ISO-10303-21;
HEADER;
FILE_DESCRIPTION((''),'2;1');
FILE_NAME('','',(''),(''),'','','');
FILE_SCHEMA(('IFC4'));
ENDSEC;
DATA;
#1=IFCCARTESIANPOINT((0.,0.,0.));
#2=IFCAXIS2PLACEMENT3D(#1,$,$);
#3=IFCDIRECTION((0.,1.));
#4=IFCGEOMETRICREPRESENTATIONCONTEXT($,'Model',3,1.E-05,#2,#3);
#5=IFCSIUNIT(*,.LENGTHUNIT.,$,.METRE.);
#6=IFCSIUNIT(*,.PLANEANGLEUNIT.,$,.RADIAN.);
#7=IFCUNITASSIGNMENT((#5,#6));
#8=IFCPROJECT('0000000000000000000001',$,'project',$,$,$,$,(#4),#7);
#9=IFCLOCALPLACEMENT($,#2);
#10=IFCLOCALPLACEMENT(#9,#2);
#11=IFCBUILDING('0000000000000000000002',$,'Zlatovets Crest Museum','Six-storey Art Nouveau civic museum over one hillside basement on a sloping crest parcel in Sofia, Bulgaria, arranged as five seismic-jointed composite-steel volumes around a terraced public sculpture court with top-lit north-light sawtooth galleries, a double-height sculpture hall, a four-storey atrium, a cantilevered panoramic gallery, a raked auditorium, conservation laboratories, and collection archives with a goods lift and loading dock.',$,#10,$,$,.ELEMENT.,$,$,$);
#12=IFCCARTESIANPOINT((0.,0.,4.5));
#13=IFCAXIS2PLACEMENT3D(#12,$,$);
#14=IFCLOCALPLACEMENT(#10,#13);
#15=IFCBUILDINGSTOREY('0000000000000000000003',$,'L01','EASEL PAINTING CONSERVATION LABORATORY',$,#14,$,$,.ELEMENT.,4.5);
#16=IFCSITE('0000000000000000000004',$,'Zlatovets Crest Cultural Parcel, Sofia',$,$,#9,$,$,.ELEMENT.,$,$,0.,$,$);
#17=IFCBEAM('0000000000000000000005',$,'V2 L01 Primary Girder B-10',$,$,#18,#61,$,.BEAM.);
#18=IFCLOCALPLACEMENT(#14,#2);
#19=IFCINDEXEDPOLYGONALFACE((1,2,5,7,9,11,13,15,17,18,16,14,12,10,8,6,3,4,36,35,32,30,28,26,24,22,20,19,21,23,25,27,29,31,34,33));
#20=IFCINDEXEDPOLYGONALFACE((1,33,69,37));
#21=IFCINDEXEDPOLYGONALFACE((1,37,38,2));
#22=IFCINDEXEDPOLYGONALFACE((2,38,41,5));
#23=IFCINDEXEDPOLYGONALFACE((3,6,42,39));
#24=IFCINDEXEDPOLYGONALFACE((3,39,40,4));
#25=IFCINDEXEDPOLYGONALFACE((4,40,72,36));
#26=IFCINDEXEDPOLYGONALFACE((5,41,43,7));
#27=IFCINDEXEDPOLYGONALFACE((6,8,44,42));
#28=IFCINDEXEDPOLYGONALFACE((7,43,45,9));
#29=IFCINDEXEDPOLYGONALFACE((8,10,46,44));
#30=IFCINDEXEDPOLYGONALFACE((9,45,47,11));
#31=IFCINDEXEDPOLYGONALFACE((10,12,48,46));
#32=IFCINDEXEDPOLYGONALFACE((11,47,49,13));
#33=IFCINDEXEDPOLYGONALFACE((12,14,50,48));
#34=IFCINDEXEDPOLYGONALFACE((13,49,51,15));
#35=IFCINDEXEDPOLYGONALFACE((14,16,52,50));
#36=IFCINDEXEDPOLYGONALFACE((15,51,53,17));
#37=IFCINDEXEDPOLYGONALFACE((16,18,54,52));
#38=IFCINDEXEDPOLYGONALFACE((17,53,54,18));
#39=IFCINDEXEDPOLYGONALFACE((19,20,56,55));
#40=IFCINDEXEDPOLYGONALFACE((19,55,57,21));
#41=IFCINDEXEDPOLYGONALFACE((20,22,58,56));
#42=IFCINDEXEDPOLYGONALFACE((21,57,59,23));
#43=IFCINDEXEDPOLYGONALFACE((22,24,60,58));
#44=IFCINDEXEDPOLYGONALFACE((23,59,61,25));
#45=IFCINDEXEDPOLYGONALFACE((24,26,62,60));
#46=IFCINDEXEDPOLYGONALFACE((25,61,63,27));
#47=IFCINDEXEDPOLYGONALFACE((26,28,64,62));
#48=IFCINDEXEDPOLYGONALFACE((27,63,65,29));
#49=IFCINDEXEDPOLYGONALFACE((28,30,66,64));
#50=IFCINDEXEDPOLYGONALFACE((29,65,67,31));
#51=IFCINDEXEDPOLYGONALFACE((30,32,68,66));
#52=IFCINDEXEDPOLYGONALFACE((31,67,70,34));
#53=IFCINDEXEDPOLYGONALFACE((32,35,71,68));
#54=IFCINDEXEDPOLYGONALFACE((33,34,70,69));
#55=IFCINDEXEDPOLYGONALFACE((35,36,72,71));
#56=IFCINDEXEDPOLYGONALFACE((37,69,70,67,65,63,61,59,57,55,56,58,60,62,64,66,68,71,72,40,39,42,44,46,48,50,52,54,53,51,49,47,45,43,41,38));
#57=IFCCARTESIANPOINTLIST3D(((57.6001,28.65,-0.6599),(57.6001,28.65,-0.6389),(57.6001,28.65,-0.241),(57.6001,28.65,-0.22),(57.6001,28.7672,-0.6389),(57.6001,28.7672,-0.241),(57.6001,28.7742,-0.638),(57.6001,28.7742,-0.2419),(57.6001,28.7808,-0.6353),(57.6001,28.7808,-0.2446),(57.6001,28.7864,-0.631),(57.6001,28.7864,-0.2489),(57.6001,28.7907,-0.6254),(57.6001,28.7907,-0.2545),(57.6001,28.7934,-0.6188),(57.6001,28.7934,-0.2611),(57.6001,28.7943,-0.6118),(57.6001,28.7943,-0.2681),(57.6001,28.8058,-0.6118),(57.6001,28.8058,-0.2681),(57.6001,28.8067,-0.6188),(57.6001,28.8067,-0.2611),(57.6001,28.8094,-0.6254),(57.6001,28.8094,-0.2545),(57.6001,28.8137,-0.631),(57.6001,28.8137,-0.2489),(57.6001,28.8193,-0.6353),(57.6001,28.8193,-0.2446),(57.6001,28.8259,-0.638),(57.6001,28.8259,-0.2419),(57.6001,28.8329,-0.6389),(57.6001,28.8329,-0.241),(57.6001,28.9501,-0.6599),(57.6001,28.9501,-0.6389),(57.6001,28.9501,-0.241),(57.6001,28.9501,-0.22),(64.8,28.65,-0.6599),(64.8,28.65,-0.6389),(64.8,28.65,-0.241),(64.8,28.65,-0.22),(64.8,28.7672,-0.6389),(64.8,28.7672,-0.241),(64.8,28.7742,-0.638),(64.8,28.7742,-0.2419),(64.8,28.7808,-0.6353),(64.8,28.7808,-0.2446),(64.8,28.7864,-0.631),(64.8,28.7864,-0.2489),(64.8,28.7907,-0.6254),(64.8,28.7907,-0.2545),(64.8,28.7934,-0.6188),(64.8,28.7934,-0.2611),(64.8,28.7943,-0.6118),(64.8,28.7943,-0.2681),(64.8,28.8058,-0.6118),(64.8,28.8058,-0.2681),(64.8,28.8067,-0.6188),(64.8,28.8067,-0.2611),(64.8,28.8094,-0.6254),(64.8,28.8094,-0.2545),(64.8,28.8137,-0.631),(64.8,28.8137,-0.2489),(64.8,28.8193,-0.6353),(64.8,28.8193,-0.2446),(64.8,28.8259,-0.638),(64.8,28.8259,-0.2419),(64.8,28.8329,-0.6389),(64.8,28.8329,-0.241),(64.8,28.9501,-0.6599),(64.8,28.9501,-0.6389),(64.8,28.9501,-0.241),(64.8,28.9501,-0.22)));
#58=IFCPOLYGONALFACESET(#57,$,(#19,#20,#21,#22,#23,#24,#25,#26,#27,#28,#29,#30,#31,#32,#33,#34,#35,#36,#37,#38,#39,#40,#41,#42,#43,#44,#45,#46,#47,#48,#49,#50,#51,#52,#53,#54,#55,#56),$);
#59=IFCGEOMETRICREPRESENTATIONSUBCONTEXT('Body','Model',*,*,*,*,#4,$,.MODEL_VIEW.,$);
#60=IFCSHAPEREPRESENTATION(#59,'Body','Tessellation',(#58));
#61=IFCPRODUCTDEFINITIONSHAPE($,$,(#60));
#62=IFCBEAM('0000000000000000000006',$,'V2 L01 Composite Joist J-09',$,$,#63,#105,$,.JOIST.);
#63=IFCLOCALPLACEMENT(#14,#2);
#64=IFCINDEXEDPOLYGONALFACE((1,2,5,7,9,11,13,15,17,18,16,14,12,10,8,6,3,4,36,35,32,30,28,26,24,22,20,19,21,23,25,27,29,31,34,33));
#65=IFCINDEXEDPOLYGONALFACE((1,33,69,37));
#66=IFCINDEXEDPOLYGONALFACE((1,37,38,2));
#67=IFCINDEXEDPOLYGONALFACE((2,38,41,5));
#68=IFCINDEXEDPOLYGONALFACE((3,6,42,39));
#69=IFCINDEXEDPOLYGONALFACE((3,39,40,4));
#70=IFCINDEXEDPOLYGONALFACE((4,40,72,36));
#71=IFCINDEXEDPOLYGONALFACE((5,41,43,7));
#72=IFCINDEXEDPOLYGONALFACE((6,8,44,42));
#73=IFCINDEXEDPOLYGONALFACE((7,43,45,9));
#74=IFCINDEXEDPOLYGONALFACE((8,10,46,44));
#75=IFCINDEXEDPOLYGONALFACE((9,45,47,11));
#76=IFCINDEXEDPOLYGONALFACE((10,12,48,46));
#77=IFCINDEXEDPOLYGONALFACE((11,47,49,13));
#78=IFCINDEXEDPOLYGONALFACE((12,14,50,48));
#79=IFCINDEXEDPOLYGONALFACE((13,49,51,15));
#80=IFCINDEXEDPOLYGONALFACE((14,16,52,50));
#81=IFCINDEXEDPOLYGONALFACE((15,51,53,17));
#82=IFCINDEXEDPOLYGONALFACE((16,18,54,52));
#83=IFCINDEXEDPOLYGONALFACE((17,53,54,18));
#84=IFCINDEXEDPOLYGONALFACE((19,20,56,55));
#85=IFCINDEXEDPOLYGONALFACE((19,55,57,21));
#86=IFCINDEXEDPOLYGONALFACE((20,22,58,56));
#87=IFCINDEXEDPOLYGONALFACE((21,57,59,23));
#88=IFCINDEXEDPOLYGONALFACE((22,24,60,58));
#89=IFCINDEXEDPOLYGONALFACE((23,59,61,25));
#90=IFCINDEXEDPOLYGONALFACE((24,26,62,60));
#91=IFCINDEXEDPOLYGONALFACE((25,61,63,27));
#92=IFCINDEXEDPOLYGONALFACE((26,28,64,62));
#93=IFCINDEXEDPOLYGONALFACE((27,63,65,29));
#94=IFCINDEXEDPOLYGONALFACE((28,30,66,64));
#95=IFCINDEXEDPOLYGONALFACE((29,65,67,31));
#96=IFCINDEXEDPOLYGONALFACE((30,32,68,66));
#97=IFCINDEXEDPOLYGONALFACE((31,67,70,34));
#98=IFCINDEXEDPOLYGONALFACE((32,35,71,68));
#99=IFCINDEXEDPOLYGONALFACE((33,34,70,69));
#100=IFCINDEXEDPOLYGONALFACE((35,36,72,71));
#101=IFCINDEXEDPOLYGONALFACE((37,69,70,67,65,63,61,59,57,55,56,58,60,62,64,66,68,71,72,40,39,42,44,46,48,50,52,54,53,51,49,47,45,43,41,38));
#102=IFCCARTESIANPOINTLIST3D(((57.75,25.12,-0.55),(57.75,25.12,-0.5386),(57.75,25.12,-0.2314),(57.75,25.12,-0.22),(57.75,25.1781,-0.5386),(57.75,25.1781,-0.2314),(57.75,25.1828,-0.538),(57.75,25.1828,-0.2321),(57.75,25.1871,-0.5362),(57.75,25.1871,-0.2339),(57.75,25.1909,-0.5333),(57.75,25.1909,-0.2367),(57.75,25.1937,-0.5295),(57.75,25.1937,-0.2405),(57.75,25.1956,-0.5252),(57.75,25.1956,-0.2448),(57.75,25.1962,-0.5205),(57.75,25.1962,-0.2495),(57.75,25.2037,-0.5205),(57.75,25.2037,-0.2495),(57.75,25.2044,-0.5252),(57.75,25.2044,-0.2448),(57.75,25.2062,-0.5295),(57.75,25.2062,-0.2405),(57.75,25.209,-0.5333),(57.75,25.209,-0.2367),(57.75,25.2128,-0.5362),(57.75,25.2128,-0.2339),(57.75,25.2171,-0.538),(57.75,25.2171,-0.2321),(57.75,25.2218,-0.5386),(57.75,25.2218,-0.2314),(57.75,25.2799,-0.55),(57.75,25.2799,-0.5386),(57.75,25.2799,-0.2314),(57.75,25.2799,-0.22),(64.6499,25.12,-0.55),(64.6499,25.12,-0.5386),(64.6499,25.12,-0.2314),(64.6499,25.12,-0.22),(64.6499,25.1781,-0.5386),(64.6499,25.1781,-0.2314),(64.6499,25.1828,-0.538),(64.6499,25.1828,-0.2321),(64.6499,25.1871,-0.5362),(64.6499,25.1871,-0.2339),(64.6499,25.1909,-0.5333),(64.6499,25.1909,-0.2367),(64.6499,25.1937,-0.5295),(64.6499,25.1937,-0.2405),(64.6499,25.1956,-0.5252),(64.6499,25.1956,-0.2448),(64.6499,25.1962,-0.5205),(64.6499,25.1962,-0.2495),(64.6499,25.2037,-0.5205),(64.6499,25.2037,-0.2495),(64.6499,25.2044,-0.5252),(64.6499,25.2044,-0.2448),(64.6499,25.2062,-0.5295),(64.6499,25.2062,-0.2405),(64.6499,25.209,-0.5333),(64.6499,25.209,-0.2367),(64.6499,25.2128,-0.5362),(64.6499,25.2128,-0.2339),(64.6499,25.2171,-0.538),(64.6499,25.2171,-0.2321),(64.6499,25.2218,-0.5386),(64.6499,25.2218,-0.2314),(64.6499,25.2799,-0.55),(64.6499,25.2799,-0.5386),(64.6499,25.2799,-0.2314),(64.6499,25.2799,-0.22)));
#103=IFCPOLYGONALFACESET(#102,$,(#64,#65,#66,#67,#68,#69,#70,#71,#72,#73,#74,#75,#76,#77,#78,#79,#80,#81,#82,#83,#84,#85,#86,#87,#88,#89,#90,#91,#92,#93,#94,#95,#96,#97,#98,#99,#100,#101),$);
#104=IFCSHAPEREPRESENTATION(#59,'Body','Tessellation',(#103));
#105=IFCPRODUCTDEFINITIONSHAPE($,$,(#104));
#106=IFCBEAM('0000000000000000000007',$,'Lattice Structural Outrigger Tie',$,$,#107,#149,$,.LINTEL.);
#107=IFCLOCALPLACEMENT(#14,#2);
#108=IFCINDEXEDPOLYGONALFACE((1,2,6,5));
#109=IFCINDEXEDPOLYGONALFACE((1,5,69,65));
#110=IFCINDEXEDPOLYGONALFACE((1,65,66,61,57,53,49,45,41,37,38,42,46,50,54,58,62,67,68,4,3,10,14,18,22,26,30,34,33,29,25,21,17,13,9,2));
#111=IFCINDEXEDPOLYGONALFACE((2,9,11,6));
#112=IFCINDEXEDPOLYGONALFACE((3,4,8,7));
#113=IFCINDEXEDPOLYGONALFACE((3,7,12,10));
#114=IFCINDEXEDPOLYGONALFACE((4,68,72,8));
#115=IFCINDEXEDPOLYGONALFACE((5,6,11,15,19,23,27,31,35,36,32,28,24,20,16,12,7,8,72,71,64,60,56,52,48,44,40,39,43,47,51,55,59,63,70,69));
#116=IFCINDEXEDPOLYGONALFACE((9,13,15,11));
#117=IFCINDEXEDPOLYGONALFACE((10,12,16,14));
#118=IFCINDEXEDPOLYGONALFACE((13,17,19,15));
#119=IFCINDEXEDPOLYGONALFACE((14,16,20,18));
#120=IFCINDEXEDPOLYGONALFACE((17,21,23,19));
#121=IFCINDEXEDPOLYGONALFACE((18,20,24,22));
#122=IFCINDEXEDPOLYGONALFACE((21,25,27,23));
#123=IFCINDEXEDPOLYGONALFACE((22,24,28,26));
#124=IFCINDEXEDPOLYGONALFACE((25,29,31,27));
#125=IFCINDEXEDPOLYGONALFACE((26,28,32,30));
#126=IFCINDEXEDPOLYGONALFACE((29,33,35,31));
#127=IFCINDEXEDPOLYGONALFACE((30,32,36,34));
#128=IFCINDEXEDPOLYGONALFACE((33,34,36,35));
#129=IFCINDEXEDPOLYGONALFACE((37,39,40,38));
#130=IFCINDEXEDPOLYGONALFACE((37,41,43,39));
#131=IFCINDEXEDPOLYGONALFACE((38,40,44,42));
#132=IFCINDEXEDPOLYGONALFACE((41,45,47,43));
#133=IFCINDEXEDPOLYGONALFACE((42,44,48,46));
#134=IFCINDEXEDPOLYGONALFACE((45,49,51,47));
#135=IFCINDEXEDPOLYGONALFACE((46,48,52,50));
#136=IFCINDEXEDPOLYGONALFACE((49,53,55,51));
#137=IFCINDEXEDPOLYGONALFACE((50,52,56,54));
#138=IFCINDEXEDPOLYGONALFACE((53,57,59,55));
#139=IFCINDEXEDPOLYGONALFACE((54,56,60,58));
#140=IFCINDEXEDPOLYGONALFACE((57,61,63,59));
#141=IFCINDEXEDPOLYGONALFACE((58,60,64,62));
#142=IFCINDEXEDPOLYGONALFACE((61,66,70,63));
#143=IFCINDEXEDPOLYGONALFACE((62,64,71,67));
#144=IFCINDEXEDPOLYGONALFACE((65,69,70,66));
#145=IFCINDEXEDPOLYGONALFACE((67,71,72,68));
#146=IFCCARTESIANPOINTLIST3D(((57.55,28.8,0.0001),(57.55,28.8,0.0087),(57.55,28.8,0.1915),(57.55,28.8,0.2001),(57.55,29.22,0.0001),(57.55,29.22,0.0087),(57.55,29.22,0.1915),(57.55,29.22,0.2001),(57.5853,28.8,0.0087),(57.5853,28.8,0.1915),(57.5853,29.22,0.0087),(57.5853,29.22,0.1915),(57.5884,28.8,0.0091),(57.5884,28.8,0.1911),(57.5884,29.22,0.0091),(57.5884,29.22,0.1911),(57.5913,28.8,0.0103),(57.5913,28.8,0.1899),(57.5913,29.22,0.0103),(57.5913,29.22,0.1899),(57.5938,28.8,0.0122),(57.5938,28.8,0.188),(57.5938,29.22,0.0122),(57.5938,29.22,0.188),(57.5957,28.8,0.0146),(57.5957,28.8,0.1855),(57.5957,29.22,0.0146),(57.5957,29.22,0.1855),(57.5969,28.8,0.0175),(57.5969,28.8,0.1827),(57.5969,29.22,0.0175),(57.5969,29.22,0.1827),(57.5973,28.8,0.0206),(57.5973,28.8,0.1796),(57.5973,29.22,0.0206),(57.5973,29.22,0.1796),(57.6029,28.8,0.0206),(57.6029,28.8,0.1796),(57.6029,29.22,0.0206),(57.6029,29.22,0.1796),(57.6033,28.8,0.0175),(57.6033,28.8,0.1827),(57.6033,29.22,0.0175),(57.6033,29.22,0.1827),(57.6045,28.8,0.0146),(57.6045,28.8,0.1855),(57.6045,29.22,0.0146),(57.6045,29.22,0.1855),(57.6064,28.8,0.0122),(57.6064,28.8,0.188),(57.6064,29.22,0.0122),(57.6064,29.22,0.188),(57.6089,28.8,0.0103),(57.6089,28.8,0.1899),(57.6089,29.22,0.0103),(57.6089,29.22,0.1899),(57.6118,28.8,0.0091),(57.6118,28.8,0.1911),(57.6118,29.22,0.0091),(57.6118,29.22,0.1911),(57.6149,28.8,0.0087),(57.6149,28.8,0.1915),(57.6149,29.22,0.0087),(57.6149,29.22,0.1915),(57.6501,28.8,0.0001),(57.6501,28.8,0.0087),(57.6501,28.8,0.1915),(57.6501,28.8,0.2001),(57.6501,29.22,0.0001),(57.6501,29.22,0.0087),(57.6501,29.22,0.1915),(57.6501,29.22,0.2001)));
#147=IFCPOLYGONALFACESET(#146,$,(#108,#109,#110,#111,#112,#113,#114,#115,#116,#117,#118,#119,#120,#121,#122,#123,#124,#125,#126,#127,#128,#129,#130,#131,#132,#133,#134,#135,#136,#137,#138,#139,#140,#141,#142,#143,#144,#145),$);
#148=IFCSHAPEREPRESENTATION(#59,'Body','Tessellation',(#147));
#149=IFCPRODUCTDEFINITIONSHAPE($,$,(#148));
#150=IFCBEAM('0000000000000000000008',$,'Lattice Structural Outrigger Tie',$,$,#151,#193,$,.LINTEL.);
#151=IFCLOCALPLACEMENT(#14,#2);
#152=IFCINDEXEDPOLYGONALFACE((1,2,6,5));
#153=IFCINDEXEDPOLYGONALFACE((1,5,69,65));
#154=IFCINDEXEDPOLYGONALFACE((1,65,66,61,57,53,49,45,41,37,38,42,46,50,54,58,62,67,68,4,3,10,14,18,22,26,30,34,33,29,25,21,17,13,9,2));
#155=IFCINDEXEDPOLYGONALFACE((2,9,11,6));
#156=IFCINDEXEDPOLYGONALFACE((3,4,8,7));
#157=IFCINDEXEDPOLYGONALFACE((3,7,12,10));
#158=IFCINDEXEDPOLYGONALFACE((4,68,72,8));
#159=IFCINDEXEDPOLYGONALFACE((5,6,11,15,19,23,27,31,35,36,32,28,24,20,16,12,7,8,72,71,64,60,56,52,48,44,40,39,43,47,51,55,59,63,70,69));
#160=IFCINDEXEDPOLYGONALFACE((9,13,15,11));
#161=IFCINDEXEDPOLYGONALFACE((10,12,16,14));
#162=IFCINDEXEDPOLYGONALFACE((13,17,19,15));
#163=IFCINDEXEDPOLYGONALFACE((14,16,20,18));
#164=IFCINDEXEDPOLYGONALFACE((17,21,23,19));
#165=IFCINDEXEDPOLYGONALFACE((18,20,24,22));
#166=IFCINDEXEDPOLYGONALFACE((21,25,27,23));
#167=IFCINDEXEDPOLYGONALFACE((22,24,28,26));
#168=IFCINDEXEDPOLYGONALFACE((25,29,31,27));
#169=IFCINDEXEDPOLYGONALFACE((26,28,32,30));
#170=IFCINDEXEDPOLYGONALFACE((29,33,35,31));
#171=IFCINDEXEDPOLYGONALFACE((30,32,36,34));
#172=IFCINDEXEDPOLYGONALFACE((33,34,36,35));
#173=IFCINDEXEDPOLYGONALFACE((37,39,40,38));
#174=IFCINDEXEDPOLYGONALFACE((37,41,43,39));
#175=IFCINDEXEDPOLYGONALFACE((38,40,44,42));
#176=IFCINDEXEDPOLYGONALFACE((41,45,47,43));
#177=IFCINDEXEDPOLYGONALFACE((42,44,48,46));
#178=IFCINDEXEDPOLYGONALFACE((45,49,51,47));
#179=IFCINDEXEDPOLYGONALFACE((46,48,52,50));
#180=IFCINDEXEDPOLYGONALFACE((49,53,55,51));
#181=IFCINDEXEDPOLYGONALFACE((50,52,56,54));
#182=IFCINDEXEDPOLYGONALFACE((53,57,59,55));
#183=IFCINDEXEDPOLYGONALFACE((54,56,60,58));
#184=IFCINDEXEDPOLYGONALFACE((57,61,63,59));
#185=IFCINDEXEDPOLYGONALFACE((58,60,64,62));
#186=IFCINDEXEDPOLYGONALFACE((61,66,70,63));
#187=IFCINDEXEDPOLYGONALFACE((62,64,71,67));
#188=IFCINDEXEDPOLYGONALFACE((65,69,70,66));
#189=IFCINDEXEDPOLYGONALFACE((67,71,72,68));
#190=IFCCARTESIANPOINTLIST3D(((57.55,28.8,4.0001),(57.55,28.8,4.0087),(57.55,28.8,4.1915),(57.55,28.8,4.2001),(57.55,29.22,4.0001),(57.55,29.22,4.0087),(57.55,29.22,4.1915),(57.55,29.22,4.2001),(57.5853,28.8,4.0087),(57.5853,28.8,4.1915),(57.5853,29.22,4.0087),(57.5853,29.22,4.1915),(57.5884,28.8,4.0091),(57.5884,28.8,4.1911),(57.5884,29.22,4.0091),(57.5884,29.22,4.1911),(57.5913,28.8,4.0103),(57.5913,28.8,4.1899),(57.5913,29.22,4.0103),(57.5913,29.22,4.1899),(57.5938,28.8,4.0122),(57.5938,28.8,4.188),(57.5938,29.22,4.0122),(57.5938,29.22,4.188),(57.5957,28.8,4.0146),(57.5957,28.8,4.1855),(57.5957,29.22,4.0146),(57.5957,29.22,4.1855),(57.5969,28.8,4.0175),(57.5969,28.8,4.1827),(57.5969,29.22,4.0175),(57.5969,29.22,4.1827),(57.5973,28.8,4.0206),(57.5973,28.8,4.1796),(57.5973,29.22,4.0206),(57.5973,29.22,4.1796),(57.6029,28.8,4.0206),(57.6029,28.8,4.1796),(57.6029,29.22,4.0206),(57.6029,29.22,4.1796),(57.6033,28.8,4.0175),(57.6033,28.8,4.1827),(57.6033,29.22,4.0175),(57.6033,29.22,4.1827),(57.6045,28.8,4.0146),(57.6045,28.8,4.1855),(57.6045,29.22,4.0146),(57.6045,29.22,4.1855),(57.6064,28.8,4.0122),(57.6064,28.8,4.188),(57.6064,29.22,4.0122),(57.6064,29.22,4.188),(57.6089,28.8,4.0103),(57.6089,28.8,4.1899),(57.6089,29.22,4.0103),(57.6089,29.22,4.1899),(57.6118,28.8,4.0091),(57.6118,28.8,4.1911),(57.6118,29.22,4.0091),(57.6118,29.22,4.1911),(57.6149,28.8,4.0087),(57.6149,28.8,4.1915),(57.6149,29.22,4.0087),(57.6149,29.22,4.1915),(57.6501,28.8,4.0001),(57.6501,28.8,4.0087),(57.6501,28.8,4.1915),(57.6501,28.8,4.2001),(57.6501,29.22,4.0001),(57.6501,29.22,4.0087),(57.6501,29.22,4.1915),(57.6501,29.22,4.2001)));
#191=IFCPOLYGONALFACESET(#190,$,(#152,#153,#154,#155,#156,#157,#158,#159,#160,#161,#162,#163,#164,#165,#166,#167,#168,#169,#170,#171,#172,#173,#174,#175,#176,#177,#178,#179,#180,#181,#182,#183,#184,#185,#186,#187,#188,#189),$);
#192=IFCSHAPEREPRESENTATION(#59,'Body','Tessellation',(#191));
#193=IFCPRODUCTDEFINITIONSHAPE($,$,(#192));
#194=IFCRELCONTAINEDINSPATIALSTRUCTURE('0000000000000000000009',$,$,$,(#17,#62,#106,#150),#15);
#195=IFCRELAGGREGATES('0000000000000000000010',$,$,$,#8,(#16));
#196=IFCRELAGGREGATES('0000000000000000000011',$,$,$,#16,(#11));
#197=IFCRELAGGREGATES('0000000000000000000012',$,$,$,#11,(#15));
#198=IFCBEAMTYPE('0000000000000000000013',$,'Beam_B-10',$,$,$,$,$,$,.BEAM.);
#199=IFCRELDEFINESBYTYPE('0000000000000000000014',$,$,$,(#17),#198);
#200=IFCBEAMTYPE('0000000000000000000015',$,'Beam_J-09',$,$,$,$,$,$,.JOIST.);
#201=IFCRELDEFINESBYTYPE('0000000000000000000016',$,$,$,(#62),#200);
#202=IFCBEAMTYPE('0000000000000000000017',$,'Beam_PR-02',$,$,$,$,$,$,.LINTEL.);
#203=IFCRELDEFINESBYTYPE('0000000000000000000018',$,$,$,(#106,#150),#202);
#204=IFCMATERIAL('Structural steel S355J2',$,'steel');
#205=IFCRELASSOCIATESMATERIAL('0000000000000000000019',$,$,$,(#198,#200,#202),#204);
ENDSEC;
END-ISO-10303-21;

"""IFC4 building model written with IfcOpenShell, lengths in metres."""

from ifc_helpers import new_model, si_unit, direction, frame, origin, origin_2d, place, context, subcontext, project, spatial, i_section, extrude, material, material_profile, profile_set, type_object, element, save


model = new_model("IFC4")

# Units and contexts
model_context = context("Model", 3, precision=1e-05, world=origin(), true_north=direction((0.0, 1.0)))
body_context = subcontext(model_context, "Body", "Model", "MODEL_VIEW")
ifc_project = project(units=[si_unit("LENGTHUNIT", "METRE"), si_unit("PLANEANGLEUNIT", "RADIAN")], contexts=[model_context])

# Site, building, storey
site_placement = place(None, origin())
site = spatial("IfcSite", under=ifc_project, at=site_placement, Name="Zlatovets Crest Cultural Parcel, Sofia", CompositionType="ELEMENT", RefElevation=0.0)
building_placement = place(site_placement, origin())
building = spatial("IfcBuilding", under=site, at=building_placement, Name="Zlatovets Crest Museum", Description="Six-storey Art Nouveau civic museum over one hillside basement on a sloping crest parcel in Sofia, Bulgaria, arranged as five seismic-jointed composite-steel volumes around a terraced public sculpture court with top-lit north-light sawtooth galleries, a double-height sculpture hall, a four-storey atrium, a cantilevered panoramic gallery, a raked auditorium, conservation laboratories, and collection archives with a goods lift and loading dock.", CompositionType="ELEMENT")
storey_placement = place(building_placement, frame((0.0, 0.0, 4.5)))
storey = spatial("IfcBuildingStorey", under=building, at=storey_placement, Name="L01", Description="EASEL PAINTING CONSERVATION LABORATORY", CompositionType="ELEMENT", Elevation=4.5)

# Shared definitions
ifc_material_1 = material(Name="Structural steel S355J2", Category="steel")

# Beams
ifc_material_profile_1 = material_profile(ifc_material_1, i_section(OverallWidth=0.3, OverallDepth=0.4399, WebThickness=0.0115, FlangeThickness=0.021, FilletRadius=0.0271, at=origin_2d()), Name="HEA 450")
ifc_profile_set_1 = profile_set([ifc_material_profile_1], Name="Structural steel S355J2")
beam_type_1 = type_object("IfcBeamType", Name="Beam_B-10", PredefinedType="BEAM", material=ifc_profile_set_1)
for number, where, z_axis, x_axis, name in (
    (1, (57.6001, 28.8, -0.4399), (1.0, 0.0, 0.0), (0.0, 1.0, 0.0), "V2 L01 Primary Girder B-10"),
):
    element("IfcBeam", number, at=place(storey_placement, frame(where, z_axis=z_axis, x_axis=x_axis)), inside=storey, type_object=beam_type_1, Name=name, PredefinedType="BEAM", context=body_context, shape_type="SweptSolid", body=[
        extrude(i_section(OverallWidth=0.3, OverallDepth=0.4399, WebThickness=0.0115, FlangeThickness=0.021, FilletRadius=0.0271, at=origin_2d()), origin(), (0.0, 0.0, 1.0), 7.2),
    ])
ifc_material_profile_2 = material_profile(ifc_material_1, i_section(OverallWidth=0.1599, OverallDepth=0.3301, WebThickness=0.0076, FlangeThickness=0.0115, FilletRadius=0.0181, at=origin_2d()), Name="IPE 330")
ifc_profile_set_2 = profile_set([ifc_material_profile_2], Name="Structural steel S355J2")
beam_type_2 = type_object("IfcBeamType", Name="Beam_J-09", PredefinedType="JOIST", material=ifc_profile_set_2)
beam_1_placement = place(storey_placement, frame((57.75, 25.2, -0.385), z_axis=(1.0, 0.0, 0.0), x_axis=(0.0, 1.0, 0.0)))
element("IfcBeam", 2, at=beam_1_placement, inside=storey, type_object=beam_type_2, Name="V2 L01 Composite Joist J-09", PredefinedType="JOIST", context=body_context, shape_type="SweptSolid", body=[
    extrude(i_section(OverallWidth=0.1599, OverallDepth=0.3301, WebThickness=0.0076, FlangeThickness=0.0115, FilletRadius=0.0181, at=origin_2d()), origin(), (0.0, 0.0, 1.0), 6.8999),
])
ifc_material_profile_3 = material_profile(ifc_material_1, i_section(OverallWidth=0.1001, OverallDepth=0.2, WebThickness=0.0056, FlangeThickness=0.0085, FilletRadius=0.012, at=origin_2d()), Name="IPE 200")
ifc_profile_set_3 = profile_set([ifc_material_profile_3], Name="Structural steel S355J2")
beam_type_3 = type_object("IfcBeamType", Name="Beam_PR-02", PredefinedType="LINTEL", material=ifc_profile_set_3)
for number, where, z_axis, x_axis, name in (
    (3, (57.6001, 28.8, 0.1001), (0.0, 1.0, 0.0), (-1.0, 0.0, 0.0), "Lattice Structural Outrigger Tie"),
    (4, (57.6001, 28.8, 4.1001), (0.0, 1.0, 0.0), (-1.0, 0.0, 0.0), "Lattice Structural Outrigger Tie"),
):
    element("IfcBeam", number, at=place(storey_placement, frame(where, z_axis=z_axis, x_axis=x_axis)), inside=storey, type_object=beam_type_3, Name=name, PredefinedType="LINTEL", context=body_context, shape_type="SweptSolid", body=[
        extrude(i_section(OverallWidth=0.1001, OverallDepth=0.2, WebThickness=0.0056, FlangeThickness=0.0085, FilletRadius=0.012, at=origin_2d()), origin(), (0.0, 0.0, 1.0), 0.4199),
    ])

save(model, "model.ifc")
